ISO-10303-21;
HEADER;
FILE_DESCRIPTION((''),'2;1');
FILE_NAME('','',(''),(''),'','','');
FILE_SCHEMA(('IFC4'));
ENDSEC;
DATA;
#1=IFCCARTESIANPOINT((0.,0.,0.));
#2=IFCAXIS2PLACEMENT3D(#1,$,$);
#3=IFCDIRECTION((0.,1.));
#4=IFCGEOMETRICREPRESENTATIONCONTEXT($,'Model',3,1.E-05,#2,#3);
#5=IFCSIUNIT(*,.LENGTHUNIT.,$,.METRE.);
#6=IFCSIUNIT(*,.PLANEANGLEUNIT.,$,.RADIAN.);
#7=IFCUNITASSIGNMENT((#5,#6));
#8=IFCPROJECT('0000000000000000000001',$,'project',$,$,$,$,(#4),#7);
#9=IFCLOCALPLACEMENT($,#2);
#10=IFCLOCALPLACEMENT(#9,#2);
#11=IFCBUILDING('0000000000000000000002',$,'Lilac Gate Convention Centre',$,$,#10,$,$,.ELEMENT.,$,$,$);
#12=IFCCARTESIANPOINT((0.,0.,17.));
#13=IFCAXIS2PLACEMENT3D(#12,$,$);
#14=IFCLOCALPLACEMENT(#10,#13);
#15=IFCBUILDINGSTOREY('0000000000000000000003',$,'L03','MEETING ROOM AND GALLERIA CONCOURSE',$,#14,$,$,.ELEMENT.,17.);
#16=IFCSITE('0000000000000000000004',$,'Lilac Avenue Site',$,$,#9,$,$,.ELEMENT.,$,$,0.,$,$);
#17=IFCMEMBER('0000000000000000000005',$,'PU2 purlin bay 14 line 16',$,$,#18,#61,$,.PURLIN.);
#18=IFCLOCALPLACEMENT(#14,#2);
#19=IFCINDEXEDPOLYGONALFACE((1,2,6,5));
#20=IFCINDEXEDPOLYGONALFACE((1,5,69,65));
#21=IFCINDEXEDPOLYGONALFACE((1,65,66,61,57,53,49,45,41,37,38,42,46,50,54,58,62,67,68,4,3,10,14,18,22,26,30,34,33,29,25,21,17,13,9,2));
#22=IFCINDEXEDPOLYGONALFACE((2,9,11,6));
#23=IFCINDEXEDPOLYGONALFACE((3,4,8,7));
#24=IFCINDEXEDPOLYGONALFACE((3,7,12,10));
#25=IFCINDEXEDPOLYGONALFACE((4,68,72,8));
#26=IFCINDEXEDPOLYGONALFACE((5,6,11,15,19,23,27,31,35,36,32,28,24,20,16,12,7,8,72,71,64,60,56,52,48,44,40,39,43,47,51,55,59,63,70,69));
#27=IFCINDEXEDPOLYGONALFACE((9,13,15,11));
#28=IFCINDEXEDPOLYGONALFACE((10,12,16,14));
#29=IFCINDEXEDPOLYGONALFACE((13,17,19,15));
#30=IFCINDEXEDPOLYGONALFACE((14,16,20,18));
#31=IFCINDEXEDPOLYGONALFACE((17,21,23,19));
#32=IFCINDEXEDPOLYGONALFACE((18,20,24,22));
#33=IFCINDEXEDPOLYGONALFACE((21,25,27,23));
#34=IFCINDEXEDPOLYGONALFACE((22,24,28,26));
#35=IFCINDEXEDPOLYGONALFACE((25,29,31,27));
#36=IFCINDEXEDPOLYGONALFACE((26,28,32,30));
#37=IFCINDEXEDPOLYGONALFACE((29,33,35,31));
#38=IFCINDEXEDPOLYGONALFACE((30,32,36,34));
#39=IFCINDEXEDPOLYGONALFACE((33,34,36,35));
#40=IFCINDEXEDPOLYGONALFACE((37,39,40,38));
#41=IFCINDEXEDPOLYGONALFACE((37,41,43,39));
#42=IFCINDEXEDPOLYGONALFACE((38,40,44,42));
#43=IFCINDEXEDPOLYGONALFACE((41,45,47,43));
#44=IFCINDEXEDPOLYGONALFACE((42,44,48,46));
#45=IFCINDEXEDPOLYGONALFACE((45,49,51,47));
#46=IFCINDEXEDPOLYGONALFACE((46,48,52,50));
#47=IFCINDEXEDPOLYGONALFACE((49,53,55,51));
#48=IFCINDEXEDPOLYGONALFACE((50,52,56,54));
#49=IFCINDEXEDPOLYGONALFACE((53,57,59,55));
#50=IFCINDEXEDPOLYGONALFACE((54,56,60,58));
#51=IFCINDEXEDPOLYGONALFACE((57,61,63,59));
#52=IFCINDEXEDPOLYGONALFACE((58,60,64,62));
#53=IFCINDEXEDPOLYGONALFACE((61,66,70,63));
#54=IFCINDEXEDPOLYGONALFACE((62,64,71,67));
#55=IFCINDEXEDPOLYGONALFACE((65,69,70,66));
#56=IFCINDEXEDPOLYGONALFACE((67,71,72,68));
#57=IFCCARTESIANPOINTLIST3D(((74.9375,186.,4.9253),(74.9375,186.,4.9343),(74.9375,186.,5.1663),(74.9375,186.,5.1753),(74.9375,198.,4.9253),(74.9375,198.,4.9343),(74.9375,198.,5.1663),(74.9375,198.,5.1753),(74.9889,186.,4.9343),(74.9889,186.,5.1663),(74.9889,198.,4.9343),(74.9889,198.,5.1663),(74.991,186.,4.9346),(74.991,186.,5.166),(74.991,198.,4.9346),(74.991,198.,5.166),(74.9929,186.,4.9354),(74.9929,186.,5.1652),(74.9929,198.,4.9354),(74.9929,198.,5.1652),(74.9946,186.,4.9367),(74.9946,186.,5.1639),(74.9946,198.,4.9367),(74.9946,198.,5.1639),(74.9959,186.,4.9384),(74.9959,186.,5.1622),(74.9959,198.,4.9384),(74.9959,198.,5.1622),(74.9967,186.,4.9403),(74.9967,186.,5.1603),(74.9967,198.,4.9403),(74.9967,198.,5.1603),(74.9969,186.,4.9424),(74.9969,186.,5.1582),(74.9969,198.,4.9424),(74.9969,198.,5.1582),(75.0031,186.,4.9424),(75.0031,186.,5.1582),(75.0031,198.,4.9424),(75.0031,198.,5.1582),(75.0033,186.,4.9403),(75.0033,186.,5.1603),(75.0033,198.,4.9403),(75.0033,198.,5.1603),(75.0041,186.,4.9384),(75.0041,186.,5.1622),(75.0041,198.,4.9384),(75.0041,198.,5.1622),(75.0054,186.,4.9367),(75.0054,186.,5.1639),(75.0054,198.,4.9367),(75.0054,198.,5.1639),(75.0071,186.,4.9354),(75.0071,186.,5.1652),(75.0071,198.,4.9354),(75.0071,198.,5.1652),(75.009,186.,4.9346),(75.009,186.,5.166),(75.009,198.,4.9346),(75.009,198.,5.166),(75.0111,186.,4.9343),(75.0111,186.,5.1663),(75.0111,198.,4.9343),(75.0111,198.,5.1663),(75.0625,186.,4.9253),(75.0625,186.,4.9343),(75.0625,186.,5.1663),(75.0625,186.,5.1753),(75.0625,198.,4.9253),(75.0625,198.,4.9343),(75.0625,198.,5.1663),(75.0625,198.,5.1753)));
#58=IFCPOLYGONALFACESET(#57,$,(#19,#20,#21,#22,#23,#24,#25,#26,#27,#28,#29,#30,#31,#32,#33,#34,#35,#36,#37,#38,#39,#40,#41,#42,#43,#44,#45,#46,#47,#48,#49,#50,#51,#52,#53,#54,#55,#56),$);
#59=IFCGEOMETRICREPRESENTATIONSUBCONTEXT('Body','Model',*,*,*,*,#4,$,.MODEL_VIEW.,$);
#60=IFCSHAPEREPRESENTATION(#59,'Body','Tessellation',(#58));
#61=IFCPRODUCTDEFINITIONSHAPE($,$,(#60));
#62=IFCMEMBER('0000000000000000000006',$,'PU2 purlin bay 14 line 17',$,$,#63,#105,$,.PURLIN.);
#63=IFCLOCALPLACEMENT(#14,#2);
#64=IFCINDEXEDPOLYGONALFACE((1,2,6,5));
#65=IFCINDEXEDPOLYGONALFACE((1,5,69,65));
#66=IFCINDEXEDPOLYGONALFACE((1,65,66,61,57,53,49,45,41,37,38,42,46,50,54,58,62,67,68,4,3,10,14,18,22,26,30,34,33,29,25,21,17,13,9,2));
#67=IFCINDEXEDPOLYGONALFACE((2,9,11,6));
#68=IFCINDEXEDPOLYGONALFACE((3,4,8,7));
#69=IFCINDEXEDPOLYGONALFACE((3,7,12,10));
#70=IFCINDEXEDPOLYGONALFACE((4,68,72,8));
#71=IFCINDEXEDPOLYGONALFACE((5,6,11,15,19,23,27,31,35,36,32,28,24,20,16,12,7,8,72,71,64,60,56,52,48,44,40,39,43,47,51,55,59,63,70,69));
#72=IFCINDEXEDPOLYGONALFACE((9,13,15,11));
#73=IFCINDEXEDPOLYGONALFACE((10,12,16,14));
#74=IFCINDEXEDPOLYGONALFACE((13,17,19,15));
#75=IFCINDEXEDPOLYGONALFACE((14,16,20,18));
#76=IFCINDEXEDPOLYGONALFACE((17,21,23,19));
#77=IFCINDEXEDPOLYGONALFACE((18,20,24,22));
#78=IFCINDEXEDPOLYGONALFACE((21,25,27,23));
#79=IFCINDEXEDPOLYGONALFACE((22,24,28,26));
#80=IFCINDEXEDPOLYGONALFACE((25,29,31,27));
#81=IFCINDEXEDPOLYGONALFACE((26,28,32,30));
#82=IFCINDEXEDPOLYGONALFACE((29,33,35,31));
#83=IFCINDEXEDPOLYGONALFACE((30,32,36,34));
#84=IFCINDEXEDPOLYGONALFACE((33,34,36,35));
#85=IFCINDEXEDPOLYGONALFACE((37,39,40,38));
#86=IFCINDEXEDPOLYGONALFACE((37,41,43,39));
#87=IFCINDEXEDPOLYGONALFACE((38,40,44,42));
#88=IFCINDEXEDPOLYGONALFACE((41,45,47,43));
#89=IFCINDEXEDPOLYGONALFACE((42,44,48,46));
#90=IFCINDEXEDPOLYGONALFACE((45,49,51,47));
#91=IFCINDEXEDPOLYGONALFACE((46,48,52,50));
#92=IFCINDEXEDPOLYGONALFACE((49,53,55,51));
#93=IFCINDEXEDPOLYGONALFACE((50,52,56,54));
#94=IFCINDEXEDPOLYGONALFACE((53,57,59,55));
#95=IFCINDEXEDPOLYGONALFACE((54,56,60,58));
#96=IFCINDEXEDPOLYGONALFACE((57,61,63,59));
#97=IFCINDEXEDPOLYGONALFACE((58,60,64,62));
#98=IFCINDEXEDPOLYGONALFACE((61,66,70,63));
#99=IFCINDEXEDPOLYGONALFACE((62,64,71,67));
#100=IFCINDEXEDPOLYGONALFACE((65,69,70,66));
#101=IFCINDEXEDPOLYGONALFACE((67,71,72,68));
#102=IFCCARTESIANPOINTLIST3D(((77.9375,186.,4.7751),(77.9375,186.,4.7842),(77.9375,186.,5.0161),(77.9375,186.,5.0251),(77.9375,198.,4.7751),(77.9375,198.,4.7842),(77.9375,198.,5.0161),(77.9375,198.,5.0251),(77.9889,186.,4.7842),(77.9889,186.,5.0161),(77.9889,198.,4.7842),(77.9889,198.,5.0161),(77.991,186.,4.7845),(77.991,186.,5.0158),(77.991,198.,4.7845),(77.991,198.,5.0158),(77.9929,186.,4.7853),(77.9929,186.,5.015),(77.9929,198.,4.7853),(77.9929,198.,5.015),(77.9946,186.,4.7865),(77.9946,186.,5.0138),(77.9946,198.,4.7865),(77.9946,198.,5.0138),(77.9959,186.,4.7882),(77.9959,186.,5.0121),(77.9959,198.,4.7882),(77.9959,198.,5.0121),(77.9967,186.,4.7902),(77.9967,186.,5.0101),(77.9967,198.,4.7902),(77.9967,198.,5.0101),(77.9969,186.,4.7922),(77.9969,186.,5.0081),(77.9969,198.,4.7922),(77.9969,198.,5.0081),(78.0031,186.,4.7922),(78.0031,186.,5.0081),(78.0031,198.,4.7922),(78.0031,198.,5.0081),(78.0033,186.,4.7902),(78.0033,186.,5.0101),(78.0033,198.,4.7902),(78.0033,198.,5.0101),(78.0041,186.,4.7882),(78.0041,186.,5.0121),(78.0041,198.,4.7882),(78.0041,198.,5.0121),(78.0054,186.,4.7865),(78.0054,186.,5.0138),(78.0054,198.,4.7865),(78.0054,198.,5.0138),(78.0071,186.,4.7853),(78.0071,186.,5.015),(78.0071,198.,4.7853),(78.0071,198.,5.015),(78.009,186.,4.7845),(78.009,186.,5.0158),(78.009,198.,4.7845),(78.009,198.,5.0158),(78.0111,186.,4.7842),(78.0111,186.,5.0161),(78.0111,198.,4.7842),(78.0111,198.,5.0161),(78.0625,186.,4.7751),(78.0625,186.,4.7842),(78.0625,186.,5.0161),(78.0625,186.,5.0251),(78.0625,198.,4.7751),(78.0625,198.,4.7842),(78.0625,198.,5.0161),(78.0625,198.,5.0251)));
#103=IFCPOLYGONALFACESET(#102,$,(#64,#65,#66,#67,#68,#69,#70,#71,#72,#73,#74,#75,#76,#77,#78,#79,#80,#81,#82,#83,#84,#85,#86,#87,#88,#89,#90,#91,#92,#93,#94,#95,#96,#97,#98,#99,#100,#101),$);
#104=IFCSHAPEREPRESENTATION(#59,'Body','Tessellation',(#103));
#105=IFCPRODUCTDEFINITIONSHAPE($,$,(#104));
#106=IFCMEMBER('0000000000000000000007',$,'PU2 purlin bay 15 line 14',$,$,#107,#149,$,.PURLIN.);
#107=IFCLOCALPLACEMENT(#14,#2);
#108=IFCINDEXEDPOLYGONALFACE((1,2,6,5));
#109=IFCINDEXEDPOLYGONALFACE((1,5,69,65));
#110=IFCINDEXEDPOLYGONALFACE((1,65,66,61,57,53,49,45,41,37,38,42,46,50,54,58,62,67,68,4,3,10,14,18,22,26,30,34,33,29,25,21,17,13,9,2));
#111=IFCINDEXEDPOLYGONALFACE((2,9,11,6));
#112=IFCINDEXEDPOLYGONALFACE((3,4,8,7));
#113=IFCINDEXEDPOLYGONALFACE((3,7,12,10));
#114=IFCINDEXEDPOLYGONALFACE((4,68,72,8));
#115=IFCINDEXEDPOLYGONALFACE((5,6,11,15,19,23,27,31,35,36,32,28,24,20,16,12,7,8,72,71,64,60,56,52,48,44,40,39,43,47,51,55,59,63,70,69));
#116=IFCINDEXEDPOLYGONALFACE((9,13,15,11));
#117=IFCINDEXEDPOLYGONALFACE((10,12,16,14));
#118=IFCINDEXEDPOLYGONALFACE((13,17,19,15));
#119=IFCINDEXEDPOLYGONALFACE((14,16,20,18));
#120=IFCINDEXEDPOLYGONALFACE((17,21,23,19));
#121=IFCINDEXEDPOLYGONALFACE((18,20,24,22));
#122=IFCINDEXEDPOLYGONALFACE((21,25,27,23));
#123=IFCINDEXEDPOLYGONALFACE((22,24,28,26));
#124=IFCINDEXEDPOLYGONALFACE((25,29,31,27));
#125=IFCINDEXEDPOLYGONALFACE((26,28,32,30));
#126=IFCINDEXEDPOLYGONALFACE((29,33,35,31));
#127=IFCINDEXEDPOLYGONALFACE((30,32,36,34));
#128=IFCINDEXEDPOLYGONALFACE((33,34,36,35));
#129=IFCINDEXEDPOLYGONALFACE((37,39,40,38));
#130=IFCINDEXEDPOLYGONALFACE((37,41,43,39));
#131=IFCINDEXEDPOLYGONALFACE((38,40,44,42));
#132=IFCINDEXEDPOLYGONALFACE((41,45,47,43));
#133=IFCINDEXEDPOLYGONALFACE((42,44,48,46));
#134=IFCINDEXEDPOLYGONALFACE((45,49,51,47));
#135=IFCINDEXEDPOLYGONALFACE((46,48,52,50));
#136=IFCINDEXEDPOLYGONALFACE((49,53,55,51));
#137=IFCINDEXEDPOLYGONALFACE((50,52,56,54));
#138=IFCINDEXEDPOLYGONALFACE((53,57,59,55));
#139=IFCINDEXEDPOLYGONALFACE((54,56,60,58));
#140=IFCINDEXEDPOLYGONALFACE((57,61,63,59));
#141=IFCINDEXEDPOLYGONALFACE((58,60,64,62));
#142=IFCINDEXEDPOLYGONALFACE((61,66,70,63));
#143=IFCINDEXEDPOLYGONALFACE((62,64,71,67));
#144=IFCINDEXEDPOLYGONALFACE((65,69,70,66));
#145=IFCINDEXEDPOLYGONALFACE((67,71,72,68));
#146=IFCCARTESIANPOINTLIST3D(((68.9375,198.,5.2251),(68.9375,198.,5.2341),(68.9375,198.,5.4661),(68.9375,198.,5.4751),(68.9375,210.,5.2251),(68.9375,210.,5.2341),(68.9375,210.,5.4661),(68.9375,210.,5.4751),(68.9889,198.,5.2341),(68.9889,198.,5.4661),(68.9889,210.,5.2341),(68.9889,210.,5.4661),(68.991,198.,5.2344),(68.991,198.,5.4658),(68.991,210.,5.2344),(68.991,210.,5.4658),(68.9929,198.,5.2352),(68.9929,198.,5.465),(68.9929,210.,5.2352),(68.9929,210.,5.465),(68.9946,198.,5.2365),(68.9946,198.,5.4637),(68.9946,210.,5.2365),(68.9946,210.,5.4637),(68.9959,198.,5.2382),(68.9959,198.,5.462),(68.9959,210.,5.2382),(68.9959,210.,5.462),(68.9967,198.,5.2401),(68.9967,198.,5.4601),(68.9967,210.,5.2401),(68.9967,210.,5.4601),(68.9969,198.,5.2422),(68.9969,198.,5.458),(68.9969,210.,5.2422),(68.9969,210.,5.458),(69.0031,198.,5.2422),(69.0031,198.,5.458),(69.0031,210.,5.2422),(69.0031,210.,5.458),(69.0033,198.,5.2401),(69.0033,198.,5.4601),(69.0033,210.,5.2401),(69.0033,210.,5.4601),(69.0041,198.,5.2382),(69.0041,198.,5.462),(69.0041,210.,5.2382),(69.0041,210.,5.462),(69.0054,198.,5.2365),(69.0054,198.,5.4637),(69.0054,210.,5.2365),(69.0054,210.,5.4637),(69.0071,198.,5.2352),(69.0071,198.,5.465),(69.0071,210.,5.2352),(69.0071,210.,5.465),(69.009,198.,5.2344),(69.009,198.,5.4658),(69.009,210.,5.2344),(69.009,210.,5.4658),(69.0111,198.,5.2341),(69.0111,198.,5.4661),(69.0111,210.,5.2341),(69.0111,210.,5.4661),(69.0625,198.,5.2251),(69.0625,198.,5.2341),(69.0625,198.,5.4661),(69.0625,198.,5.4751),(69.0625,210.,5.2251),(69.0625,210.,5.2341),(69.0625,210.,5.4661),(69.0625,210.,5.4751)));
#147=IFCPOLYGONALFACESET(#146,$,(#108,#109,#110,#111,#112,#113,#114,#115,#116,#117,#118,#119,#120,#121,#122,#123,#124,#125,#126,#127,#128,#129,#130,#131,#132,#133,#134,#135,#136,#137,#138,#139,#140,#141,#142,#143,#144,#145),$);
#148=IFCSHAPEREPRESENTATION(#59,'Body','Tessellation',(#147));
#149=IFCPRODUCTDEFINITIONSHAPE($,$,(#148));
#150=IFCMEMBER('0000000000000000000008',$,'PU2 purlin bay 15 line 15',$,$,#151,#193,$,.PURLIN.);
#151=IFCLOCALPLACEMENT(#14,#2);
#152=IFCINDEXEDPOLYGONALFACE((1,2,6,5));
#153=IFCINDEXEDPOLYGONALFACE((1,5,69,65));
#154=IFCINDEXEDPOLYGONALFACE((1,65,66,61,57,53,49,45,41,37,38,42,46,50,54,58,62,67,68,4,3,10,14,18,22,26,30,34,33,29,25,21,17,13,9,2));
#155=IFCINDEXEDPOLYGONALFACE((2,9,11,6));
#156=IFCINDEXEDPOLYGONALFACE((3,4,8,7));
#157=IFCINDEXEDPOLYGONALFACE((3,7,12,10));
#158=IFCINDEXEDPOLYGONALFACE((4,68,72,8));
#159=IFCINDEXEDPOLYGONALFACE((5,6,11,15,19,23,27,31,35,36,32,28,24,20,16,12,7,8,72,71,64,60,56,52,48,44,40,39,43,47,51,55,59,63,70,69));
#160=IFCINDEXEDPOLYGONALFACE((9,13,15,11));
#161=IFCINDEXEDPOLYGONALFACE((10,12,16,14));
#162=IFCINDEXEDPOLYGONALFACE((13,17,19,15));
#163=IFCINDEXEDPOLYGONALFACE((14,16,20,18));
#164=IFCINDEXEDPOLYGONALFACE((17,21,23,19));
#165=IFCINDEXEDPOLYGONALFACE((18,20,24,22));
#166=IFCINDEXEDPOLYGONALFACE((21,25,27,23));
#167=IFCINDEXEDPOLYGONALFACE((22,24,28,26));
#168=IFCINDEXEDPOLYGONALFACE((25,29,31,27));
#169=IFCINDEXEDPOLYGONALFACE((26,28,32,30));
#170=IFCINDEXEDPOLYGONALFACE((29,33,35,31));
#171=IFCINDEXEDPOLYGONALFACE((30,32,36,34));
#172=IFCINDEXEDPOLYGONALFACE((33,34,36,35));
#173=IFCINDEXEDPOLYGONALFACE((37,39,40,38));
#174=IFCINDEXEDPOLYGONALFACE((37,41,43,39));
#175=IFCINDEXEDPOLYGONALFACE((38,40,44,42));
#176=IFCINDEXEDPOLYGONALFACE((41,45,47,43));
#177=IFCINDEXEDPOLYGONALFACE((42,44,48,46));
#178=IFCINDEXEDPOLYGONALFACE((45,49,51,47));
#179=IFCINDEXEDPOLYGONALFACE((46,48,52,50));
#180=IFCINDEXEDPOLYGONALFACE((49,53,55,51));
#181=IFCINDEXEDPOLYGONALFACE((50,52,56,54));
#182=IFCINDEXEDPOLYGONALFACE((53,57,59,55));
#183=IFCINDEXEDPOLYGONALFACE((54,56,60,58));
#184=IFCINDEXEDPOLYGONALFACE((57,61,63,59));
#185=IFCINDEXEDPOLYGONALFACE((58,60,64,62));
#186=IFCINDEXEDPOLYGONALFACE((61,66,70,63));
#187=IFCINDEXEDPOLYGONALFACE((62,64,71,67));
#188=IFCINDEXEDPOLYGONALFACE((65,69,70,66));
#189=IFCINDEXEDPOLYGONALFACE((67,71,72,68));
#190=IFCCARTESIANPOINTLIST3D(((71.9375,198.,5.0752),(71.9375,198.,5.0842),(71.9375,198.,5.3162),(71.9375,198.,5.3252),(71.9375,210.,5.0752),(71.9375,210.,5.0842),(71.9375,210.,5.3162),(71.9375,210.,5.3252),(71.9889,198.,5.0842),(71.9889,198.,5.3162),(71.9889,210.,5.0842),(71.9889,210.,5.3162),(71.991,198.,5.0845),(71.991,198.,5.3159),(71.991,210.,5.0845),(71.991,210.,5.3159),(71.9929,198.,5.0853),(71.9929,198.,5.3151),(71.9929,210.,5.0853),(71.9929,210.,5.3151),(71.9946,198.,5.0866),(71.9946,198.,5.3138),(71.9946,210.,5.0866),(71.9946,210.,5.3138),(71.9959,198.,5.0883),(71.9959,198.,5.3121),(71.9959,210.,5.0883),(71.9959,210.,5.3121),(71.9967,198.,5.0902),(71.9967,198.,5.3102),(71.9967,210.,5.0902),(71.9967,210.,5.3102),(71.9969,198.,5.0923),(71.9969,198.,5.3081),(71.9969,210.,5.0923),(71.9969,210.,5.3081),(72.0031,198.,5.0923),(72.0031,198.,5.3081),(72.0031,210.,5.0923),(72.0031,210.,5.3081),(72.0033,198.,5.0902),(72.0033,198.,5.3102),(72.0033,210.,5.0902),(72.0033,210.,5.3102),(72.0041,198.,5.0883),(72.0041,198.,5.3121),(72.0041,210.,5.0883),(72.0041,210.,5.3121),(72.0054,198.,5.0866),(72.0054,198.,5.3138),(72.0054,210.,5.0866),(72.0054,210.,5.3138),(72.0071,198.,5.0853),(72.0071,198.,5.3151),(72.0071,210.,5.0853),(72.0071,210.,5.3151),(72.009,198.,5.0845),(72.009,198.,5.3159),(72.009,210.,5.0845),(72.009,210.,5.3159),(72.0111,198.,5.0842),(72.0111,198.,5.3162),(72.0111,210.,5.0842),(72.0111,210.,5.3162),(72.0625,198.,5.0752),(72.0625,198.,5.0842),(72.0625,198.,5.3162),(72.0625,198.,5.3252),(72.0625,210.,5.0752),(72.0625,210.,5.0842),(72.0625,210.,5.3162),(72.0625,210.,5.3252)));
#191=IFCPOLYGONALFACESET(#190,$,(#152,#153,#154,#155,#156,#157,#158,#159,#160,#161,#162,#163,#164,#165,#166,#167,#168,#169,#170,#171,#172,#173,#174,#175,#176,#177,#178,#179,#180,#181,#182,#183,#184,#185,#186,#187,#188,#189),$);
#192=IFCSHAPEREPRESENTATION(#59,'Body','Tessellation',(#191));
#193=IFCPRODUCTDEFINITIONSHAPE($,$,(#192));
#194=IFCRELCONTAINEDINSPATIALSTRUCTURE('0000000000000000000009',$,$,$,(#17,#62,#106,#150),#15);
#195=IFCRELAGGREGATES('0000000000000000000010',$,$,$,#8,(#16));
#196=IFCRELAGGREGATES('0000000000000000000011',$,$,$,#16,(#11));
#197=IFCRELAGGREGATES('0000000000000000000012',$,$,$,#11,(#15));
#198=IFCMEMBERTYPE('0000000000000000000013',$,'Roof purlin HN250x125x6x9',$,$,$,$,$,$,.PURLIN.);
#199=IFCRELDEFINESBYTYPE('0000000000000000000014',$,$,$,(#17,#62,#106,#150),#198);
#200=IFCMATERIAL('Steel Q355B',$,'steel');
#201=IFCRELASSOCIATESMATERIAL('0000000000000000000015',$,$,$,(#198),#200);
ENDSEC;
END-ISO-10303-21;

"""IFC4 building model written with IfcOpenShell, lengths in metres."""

from ifc_helpers import new_model, si_unit, direction, frame, origin, origin_2d, place, context, subcontext, project, spatial, i_section, extrude, material, material_profile, profile_set, type_object, element, save


model = new_model("IFC4")

# Units and contexts
model_context = context("Model", 3, precision=1e-05, world=origin(), true_north=direction((0.0, 1.0)))
body_context = subcontext(model_context, "Body", "Model", "MODEL_VIEW")
ifc_project = project(units=[si_unit("LENGTHUNIT", "METRE"), si_unit("PLANEANGLEUNIT", "RADIAN")], contexts=[model_context])

# Site, building, storey
site_placement = place(None, origin())
site = spatial("IfcSite", under=ifc_project, at=site_placement, Name="Lilac Avenue Site", CompositionType="ELEMENT", RefElevation=0.0)
building_placement = place(site_placement, origin())
building = spatial("IfcBuilding", under=site, at=building_placement, Name="Lilac Gate Convention Centre", CompositionType="ELEMENT")
storey_placement = place(building_placement, frame((0.0, 0.0, 17.0)))
storey = spatial("IfcBuildingStorey", under=building, at=storey_placement, Name="L03", Description="MEETING ROOM AND GALLERIA CONCOURSE", CompositionType="ELEMENT", Elevation=17.0)

# Members
ifc_material = material(Name="Steel Q355B", Category="steel")
ifc_material_profile_1 = material_profile(ifc_material, i_section(OverallWidth=0.125, OverallDepth=0.25, WebThickness=0.0061, FlangeThickness=0.009, FilletRadius=0.0081, at=origin_2d()), Name="HN250x125x6x9")
ifc_profile_set_1 = profile_set([ifc_material_profile_1], Name="Steel Q355B")
member_type_1 = type_object("IfcMemberType", Name="Roof purlin HN250x125x6x9", PredefinedType="PURLIN", material=ifc_profile_set_1)
for number, where, z_axis, x_axis, name in (
    (1, (75.0, 186.0, 5.0503), (0.0, 1.0, 0.0), (-1.0, 0.0, 0.0), "PU2 purlin bay 14 line 16"),
    (2, (78.0, 186.0, 4.9001), (0.0, 1.0, 0.0), (-1.0, 0.0, 0.0), "PU2 purlin bay 14 line 17"),
    (3, (69.0, 198.0, 5.3501), (0.0, 1.0, 0.0), (-1.0, 0.0, 0.0), "PU2 purlin bay 15 line 14"),
    (4, (72.0, 198.0, 5.2002), (0.0, 1.0, 0.0), (-1.0, 0.0, 0.0), "PU2 purlin bay 15 line 15"),
):
    element("IfcMember", number, at=place(storey_placement, frame(where, z_axis=z_axis, x_axis=x_axis)), inside=storey, type_object=member_type_1, Name=name, PredefinedType="PURLIN", context=body_context, shape_type="SweptSolid", body=[
        extrude(i_section(OverallWidth=0.125, OverallDepth=0.25, WebThickness=0.0061, FlangeThickness=0.009, FilletRadius=0.0081, at=origin_2d()), origin(), (0.0, 0.0, 1.0), 12.0),
    ])

save(model, "model.ifc")
